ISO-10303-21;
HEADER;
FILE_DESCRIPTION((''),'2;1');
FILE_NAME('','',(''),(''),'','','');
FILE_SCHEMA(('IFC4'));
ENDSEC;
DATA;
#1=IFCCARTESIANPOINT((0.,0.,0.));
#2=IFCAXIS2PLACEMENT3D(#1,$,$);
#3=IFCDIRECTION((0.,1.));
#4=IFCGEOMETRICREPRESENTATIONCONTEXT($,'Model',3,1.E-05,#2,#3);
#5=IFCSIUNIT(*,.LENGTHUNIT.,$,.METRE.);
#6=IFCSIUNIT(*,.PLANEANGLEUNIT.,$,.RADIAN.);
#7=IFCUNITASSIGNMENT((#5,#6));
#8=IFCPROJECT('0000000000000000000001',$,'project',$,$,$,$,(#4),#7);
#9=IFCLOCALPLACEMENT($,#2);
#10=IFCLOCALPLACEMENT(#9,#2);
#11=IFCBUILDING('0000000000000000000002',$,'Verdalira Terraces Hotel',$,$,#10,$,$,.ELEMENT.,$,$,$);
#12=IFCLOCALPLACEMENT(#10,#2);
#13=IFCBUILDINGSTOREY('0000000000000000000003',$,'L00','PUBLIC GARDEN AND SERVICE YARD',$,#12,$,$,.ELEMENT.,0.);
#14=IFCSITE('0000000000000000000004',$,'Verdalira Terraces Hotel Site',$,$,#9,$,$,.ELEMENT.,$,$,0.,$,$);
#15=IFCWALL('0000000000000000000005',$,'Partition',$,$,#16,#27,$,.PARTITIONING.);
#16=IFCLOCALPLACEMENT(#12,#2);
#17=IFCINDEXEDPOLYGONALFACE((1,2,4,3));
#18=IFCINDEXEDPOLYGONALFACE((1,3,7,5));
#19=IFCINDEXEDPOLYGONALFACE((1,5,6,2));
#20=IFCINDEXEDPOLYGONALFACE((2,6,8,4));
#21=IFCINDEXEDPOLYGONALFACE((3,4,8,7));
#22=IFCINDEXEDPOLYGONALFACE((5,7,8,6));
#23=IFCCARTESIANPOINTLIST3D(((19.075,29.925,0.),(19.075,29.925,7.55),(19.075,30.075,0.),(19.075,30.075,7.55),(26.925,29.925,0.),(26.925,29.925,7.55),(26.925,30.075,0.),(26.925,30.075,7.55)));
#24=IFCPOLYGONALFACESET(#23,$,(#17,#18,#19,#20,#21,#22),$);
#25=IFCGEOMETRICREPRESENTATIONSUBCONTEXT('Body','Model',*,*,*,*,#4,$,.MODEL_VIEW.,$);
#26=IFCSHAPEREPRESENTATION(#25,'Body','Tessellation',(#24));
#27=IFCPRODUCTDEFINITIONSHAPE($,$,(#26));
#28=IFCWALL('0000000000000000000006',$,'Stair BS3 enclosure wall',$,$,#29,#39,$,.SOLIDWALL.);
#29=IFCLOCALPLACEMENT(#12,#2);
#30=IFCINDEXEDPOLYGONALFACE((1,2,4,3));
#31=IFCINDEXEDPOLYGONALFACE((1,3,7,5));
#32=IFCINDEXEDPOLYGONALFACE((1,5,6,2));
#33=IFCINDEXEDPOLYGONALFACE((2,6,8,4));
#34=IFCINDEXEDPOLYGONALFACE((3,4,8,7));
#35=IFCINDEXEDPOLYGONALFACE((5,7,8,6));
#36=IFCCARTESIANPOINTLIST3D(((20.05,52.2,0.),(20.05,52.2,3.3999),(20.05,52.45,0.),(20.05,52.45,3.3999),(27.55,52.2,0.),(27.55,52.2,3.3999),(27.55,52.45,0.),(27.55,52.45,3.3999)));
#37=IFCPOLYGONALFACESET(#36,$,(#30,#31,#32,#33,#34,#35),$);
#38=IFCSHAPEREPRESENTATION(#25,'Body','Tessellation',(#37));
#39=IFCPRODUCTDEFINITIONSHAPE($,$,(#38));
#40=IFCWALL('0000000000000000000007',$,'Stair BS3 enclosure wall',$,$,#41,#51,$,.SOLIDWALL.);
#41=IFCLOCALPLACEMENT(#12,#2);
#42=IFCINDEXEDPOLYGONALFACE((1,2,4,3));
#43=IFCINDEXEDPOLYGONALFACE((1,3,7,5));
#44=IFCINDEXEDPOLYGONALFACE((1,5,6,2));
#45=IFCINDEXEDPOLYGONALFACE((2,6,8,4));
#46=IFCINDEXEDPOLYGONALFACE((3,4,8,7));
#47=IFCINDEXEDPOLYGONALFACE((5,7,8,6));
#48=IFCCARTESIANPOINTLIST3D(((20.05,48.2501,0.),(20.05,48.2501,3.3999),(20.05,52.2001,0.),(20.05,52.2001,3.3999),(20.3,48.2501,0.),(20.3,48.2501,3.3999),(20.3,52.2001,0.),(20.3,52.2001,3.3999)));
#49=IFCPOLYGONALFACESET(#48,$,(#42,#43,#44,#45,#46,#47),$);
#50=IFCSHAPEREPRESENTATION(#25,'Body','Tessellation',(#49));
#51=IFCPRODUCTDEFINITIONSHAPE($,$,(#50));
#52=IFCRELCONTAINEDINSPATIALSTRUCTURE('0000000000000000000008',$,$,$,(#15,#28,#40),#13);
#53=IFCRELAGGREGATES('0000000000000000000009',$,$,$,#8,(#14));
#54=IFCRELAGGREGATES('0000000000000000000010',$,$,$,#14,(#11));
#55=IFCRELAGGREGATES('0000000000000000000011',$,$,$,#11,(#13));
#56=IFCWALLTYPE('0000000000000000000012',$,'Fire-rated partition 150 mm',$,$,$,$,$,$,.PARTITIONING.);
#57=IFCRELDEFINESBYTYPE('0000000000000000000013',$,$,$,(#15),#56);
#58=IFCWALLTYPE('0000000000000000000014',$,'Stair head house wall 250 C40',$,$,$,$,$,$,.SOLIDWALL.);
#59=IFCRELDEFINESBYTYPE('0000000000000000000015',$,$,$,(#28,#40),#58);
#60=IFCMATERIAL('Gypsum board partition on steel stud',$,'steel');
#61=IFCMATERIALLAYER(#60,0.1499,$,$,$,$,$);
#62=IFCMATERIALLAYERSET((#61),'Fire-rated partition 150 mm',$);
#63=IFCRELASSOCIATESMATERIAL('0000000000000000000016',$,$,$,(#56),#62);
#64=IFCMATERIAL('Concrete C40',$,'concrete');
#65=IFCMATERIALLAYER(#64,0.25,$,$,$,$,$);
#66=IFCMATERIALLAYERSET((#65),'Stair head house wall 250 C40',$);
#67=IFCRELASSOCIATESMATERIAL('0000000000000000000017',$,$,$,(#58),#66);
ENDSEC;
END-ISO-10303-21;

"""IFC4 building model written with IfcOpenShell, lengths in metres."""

from ifc_helpers import new_model, si_unit, direction, frame, frame_2d, origin, place, context, subcontext, project, spatial, rectangle, extrude, material, layer, layer_set, type_object, element, save


model = new_model("IFC4")

# Units and contexts
model_context = context("Model", 3, precision=1e-05, world=origin(), true_north=direction((0.0, 1.0)))
body_context = subcontext(model_context, "Body", "Model", "MODEL_VIEW")
ifc_project = project(units=[si_unit("LENGTHUNIT", "METRE"), si_unit("PLANEANGLEUNIT", "RADIAN")], contexts=[model_context])

# Site, building, storey
site_placement = place(None, origin())
site = spatial("IfcSite", under=ifc_project, at=site_placement, Name="Verdalira Terraces Hotel Site", CompositionType="ELEMENT", RefElevation=0.0)
building_placement = place(site_placement, origin())
building = spatial("IfcBuilding", under=site, at=building_placement, Name="Verdalira Terraces Hotel", CompositionType="ELEMENT")
storey_placement = place(building_placement, origin())
storey = spatial("IfcBuildingStorey", under=building, at=storey_placement, Name="L00", Description="PUBLIC GARDEN AND SERVICE YARD", CompositionType="ELEMENT", Elevation=0.0)

# Shared definitions
ifc_material_1 = material(Name="Gypsum board partition on steel stud", Category="steel")
ifc_layer_1 = layer(ifc_material_1, 0.1499)
ifc_layer_set_1 = layer_set([ifc_layer_1], Name="Fire-rated partition 150 mm")
wall_type_1 = type_object("IfcWallType", Name="Fire-rated partition 150 mm", PredefinedType="PARTITIONING", material=ifc_layer_set_1)

# Walls
wall_1_placement = place(storey_placement, frame((19.075, 30.0, 0.0), z_axis=(0.0, 0.0, 1.0), x_axis=(1.0, 0.0, 0.0)))
element("IfcWall", 1, at=wall_1_placement, inside=storey, type_object=wall_type_1, Name="Partition", PredefinedType="PARTITIONING", context=body_context, shape_type="SweptSolid", body=[
    extrude(rectangle(XDim=7.8501, YDim=0.1499, at=frame_2d((3.925, 0.0))), origin(), (0.0, 0.0, 1.0), 7.55),
])
ifc_material_2 = material(Name="Concrete C40", Category="concrete")
ifc_layer_2 = layer(ifc_material_2, 0.25)
ifc_layer_set_2 = layer_set([ifc_layer_2], Name="Stair head house wall 250 C40")
wall_type_2 = type_object("IfcWallType", Name="Stair head house wall 250 C40", PredefinedType="SOLIDWALL", material=ifc_layer_set_2)
wall_2_placement = place(storey_placement, frame((20.05, 52.325, 0.0), z_axis=(0.0, 0.0, 1.0), x_axis=(1.0, 0.0, 0.0)))
element("IfcWall", 2, at=wall_2_placement, inside=storey, type_object=wall_type_2, Name="Stair BS3 enclosure wall", PredefinedType="SOLIDWALL", context=body_context, shape_type="SweptSolid", body=[
    extrude(rectangle(XDim=7.5, YDim=0.25, at=frame_2d((3.75, 0.0))), origin(), (0.0, 0.0, 1.0), 3.3999),
])
wall_3_placement = place(storey_placement, frame((20.175, 48.25, 0.0), z_axis=(0.0, 0.0, 1.0), x_axis=(0.0, 1.0, 0.0)))
element("IfcWall", 3, at=wall_3_placement, inside=storey, type_object=wall_type_2, Name="Stair BS3 enclosure wall", PredefinedType="SOLIDWALL", context=body_context, shape_type="SweptSolid", body=[
    extrude(rectangle(XDim=3.95, YDim=0.25, at=frame_2d((1.9751, 0.0))), origin(), (0.0, 0.0, 1.0), 3.3999),
])

save(model, "model.ifc")
